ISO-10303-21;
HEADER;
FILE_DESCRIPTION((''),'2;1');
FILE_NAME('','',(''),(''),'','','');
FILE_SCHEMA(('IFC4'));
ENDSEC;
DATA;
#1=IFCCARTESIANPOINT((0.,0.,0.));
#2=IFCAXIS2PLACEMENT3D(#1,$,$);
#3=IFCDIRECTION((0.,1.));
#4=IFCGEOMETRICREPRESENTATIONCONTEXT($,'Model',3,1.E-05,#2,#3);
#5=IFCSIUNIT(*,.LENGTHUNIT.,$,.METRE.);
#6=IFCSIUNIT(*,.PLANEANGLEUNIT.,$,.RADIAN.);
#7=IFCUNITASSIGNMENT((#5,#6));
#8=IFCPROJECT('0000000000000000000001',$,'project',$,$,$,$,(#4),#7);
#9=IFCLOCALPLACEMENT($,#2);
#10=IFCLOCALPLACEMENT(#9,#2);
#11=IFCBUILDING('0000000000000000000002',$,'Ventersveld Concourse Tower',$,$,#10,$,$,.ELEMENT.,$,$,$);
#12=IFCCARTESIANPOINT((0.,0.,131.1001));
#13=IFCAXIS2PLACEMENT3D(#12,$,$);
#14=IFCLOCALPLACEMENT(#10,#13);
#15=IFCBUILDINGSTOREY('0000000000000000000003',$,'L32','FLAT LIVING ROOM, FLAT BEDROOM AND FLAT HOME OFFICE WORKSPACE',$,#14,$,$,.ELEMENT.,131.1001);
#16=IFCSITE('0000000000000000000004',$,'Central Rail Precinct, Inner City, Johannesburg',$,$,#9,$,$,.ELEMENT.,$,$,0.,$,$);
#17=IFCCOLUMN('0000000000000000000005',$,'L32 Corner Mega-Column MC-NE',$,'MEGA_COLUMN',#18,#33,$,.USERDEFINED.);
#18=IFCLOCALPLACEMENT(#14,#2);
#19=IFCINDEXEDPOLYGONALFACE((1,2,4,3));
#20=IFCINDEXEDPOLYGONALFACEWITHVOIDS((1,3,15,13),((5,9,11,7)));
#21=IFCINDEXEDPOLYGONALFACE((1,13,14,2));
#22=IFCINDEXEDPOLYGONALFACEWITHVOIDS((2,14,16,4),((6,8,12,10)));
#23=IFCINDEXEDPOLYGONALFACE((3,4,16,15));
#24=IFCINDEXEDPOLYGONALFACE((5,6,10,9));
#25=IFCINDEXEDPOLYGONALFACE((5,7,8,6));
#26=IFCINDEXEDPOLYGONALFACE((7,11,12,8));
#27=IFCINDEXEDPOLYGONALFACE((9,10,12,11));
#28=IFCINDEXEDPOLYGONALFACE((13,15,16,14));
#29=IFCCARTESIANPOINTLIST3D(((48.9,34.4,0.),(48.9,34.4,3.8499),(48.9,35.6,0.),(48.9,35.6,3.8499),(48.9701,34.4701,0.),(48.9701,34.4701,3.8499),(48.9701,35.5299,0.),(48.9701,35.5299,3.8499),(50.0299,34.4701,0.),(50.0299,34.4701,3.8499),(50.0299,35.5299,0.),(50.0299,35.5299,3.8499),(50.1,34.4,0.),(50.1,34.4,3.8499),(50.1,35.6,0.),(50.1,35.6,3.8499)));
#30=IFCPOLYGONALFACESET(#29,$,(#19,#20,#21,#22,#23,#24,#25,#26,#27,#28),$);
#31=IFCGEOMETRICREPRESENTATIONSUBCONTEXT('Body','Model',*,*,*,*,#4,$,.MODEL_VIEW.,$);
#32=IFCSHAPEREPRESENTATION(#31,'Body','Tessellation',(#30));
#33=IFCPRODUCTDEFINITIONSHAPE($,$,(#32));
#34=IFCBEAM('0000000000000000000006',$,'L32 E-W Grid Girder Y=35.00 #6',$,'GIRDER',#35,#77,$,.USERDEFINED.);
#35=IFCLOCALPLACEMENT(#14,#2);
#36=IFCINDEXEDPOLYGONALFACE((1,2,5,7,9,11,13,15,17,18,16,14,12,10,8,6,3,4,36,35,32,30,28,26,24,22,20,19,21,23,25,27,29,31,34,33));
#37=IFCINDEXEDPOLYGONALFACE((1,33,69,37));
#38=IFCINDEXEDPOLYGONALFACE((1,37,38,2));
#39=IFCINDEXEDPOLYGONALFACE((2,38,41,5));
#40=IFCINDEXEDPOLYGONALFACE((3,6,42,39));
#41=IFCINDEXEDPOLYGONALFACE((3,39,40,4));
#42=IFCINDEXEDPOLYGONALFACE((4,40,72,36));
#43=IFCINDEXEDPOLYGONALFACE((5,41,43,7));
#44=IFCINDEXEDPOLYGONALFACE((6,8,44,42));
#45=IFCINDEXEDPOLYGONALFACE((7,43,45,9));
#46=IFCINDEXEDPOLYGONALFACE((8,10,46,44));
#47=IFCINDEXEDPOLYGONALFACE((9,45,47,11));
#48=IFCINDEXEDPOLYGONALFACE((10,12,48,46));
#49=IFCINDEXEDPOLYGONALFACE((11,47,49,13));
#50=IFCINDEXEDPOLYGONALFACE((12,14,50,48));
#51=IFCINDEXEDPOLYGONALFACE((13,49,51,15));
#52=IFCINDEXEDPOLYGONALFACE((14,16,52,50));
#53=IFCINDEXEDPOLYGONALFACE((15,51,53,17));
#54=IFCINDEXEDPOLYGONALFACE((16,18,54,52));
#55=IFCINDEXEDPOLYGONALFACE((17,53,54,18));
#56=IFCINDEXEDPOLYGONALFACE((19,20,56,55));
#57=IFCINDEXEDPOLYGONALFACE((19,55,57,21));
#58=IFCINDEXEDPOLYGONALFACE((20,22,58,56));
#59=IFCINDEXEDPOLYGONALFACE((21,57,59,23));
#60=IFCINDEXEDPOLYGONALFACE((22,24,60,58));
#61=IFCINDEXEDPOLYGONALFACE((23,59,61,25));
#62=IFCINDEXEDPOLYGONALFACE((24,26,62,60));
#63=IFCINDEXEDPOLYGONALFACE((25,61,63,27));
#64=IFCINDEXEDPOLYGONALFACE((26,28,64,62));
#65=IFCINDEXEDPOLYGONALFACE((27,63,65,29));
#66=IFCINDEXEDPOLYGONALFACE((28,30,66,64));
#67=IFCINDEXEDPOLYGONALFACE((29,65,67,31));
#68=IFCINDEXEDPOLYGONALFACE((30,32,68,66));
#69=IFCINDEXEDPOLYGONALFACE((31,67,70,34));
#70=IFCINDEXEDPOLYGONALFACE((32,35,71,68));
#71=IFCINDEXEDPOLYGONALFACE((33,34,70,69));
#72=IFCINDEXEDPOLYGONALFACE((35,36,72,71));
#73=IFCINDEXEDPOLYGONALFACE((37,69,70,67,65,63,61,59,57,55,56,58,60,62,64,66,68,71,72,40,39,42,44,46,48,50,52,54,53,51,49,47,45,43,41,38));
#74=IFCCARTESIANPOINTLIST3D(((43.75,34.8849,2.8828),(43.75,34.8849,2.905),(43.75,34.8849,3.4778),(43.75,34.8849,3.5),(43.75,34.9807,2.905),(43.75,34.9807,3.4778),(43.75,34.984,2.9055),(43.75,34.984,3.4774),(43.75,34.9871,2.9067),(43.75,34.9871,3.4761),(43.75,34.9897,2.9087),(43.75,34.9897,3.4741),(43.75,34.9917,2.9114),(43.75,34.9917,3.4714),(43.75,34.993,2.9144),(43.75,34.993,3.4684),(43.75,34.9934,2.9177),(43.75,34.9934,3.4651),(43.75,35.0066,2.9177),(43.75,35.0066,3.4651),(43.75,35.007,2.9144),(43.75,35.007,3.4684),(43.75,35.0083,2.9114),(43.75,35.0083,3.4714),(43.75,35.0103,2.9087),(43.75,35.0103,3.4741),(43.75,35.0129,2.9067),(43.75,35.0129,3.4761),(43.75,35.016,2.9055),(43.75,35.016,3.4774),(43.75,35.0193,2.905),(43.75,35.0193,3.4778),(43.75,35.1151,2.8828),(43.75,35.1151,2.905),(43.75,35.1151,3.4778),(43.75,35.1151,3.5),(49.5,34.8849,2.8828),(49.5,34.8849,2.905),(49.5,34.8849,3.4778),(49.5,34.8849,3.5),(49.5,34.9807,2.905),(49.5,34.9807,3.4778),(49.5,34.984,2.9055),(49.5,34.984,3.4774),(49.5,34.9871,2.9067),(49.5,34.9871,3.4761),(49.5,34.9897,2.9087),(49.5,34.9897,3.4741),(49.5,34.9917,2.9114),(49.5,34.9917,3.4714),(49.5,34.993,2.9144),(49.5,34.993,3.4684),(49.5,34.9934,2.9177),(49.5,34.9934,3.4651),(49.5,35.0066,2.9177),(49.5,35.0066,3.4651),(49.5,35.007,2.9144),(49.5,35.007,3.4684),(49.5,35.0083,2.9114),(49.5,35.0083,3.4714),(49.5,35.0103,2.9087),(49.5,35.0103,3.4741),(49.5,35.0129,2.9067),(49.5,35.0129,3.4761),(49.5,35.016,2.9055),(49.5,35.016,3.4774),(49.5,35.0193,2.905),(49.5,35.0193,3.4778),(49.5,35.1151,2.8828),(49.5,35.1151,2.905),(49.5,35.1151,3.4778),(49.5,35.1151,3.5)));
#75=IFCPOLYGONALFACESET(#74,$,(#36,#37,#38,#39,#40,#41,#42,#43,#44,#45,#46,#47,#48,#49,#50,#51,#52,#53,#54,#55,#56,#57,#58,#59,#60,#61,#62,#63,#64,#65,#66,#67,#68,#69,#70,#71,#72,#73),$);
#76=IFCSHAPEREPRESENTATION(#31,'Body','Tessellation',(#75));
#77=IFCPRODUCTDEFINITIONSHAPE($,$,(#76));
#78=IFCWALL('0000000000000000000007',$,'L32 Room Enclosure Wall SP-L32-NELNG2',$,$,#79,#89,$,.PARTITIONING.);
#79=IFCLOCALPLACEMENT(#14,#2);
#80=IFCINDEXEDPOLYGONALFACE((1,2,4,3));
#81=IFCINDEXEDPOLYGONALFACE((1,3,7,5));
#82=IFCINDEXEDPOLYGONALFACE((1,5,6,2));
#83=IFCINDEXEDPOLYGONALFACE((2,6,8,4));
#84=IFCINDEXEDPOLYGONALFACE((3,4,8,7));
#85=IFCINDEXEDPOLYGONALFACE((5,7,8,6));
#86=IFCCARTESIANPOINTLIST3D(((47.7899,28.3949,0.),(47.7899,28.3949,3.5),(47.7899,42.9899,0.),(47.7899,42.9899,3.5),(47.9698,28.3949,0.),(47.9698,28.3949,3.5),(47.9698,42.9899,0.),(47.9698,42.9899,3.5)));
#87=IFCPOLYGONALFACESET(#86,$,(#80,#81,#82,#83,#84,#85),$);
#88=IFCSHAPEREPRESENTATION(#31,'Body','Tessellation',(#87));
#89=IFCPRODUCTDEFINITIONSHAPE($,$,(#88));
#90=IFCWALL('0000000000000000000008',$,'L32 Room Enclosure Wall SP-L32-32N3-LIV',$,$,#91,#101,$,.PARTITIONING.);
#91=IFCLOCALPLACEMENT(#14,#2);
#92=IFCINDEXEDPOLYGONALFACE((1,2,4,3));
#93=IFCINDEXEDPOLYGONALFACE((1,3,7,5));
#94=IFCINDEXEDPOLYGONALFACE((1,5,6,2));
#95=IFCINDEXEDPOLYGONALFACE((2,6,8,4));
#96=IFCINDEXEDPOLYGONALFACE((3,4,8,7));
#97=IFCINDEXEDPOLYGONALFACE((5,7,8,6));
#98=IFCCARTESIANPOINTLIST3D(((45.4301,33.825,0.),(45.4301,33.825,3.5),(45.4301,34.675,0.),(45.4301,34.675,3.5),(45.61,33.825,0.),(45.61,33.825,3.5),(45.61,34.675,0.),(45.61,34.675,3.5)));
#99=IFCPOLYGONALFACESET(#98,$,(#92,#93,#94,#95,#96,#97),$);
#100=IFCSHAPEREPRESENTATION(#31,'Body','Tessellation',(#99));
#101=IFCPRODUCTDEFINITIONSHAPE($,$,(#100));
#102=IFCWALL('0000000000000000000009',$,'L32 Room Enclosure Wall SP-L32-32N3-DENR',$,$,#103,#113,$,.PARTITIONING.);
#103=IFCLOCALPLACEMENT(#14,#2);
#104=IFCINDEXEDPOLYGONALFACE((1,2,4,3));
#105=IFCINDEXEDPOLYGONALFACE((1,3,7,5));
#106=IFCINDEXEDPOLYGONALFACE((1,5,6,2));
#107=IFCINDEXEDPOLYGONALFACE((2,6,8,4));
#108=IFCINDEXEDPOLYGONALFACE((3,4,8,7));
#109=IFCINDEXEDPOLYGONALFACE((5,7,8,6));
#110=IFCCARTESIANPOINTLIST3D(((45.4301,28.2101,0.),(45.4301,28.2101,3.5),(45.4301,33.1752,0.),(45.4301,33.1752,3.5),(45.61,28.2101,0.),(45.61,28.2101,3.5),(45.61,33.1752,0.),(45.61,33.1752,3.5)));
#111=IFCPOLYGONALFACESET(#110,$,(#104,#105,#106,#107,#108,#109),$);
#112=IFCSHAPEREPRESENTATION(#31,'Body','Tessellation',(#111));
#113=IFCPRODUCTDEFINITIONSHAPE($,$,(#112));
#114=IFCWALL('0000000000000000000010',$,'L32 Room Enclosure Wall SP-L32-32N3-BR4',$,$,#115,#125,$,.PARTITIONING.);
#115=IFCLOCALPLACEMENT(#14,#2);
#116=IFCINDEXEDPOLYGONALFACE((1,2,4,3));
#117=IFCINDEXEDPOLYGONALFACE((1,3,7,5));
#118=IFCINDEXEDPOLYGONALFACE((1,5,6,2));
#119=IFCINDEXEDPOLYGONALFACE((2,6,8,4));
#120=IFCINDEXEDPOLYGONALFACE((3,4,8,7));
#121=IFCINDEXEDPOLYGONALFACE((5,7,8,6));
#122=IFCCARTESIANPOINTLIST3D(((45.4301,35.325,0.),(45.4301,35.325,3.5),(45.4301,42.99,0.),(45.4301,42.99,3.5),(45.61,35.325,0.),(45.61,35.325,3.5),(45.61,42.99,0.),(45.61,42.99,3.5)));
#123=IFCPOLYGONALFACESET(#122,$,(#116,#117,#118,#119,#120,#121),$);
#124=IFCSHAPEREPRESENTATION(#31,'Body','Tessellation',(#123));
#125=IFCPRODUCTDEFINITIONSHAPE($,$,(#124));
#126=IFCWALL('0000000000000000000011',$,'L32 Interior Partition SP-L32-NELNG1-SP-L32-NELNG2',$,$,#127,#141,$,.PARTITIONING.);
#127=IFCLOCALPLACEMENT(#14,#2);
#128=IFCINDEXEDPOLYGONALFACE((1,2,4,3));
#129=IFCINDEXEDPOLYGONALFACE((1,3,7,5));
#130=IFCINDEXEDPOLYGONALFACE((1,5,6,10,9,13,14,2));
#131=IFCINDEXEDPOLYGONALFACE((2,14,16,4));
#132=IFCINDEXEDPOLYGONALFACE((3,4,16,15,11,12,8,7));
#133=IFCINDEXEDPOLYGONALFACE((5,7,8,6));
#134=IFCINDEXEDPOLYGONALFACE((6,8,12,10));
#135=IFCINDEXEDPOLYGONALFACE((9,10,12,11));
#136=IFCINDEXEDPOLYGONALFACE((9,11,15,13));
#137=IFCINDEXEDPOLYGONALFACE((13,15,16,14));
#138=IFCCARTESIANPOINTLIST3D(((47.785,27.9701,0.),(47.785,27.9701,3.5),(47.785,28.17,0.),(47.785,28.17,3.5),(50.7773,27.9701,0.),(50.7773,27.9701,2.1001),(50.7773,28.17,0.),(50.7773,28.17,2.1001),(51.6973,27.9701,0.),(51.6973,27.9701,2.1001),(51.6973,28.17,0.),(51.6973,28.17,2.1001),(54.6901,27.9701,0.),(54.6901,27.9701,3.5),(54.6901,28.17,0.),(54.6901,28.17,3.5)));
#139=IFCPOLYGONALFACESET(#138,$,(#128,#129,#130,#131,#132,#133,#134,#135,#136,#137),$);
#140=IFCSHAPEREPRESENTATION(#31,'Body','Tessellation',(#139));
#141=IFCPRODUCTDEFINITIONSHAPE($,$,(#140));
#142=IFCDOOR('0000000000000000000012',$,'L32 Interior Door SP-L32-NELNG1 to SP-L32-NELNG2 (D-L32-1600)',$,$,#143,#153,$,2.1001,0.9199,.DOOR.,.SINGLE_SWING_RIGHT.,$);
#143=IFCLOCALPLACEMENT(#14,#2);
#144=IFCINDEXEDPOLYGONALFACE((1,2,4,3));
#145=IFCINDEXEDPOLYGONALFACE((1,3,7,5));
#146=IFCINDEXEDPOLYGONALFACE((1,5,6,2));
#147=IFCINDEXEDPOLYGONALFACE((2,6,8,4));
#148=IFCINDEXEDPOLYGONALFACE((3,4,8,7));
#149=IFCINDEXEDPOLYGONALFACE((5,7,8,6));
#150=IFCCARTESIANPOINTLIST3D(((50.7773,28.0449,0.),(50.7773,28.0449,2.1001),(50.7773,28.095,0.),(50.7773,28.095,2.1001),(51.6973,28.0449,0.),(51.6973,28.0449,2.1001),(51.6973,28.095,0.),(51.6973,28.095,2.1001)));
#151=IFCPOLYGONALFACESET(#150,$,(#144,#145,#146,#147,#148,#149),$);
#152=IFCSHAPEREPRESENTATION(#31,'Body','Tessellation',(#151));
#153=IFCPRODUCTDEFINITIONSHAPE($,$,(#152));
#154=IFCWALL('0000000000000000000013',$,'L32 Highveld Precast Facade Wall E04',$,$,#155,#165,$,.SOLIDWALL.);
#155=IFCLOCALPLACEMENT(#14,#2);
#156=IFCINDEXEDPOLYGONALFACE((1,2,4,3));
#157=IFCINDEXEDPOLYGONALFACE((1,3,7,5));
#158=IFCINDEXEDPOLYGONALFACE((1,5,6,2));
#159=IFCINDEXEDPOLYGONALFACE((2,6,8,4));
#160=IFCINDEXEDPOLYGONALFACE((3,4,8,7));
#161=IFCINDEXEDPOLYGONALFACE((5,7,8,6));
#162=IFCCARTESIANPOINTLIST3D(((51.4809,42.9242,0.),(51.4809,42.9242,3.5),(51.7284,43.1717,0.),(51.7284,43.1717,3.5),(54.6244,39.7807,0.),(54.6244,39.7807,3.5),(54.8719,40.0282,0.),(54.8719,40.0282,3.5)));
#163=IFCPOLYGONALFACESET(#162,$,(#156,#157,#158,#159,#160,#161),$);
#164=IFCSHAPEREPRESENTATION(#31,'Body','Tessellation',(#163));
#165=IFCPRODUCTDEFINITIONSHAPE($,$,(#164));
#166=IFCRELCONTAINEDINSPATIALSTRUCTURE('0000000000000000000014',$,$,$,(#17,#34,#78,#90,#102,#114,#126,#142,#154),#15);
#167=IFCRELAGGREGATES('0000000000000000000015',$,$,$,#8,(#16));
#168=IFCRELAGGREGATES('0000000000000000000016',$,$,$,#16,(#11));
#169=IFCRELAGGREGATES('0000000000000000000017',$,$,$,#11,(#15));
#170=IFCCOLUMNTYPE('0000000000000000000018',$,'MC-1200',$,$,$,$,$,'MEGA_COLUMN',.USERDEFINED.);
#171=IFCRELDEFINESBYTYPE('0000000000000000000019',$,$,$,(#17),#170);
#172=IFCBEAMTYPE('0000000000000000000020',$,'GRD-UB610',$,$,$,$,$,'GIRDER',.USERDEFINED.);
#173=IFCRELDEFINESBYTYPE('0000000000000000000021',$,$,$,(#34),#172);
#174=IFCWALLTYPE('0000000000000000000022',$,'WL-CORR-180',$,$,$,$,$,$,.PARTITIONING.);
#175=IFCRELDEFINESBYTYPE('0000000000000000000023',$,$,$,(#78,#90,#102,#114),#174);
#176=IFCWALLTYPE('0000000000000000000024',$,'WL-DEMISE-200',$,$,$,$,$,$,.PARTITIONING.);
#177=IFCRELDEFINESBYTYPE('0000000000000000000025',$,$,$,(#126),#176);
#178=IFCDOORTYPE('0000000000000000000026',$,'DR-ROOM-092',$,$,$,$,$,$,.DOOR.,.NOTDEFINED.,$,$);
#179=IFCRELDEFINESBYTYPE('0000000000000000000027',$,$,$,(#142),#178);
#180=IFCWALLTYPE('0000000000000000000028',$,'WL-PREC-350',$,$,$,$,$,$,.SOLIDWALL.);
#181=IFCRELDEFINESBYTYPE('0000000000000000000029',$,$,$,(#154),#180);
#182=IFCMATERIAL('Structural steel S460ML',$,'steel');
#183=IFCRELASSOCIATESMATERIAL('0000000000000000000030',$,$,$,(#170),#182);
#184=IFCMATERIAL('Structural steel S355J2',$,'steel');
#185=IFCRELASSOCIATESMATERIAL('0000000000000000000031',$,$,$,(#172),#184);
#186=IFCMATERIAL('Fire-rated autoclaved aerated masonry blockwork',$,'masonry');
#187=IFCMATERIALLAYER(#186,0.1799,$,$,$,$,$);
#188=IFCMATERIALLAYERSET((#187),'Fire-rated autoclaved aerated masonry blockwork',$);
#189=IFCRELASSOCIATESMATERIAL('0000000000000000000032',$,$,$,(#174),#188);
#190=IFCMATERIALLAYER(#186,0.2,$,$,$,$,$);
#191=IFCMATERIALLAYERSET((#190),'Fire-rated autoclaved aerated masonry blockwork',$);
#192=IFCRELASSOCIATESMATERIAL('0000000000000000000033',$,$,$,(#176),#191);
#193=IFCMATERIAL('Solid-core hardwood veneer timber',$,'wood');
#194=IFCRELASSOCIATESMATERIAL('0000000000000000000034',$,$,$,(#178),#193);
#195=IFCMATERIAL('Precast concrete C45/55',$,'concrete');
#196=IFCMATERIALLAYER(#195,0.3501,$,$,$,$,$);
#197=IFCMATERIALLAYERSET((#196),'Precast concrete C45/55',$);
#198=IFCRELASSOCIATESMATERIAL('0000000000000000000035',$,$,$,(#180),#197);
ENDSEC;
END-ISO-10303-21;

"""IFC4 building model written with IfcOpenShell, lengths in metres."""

from ifc_helpers import new_model, si_unit, direction, frame, frame_2d, origin, origin_2d, place, context, subcontext, project, spatial, rectangle, hollow_rectangle, i_section, extrude, material, layer, layer_set, material_profile, profile_set, type_object, element, fill, save


model = new_model("IFC4")

# Units and contexts
model_context = context("Model", 3, precision=1e-05, world=origin(), true_north=direction((0.0, 1.0)))
body_context = subcontext(model_context, "Body", "Model", "MODEL_VIEW")
ifc_project = project(units=[si_unit("LENGTHUNIT", "METRE"), si_unit("PLANEANGLEUNIT", "RADIAN")], contexts=[model_context])

# Site, building, storey
site_placement = place(None, origin())
site = spatial("IfcSite", under=ifc_project, at=site_placement, Name="Central Rail Precinct, Inner City, Johannesburg", CompositionType="ELEMENT", RefElevation=0.0)
building_placement = place(site_placement, origin())
building = spatial("IfcBuilding", under=site, at=building_placement, Name="Ventersveld Concourse Tower", CompositionType="ELEMENT")
storey_placement = place(building_placement, frame((0.0, 0.0, 131.1001)))
storey = spatial("IfcBuildingStorey", under=building, at=storey_placement, Name="L32", Description="FLAT LIVING ROOM, FLAT BEDROOM AND FLAT HOME OFFICE WORKSPACE", CompositionType="ELEMENT", Elevation=131.1001)

# Column
ifc_material_1 = material(Name="Structural steel S460ML", Category="steel")
ifc_material_profile_1 = material_profile(ifc_material_1, hollow_rectangle(XDim=1.2, YDim=1.2, WallThickness=0.0701, at=origin_2d()), Name="BOX 1200x1200x70")
ifc_profile_set_1 = profile_set([ifc_material_profile_1], Name="Structural steel S460ML")
column_type = type_object("IfcColumnType", Name="MC-1200", ElementType="MEGA_COLUMN", PredefinedType="USERDEFINED", material=ifc_profile_set_1)
column_placement = place(storey_placement, frame((49.5, 35.0, 0.0), z_axis=(0.0, 0.0, 1.0), x_axis=(1.0, 0.0, 0.0)))
element("IfcColumn", 1, at=column_placement, inside=storey, type_object=column_type, Name="L32 Corner Mega-Column MC-NE", ObjectType="MEGA_COLUMN", PredefinedType="USERDEFINED", context=body_context, shape_type="SweptSolid", body=[
    extrude(hollow_rectangle(XDim=1.2, YDim=1.2, WallThickness=0.0701, at=origin_2d()), origin(), (0.0, 0.0, 1.0), 3.8499),
])

# Beam
ifc_material_2 = material(Name="Structural steel S355J2", Category="steel")
ifc_material_profile_2 = material_profile(ifc_material_2, i_section(OverallWidth=0.2302, OverallDepth=0.6172, WebThickness=0.0132, FlangeThickness=0.0222, FilletRadius=0.0127, at=origin_2d()), Name="UB 610x229x140")
ifc_profile_set_2 = profile_set([ifc_material_profile_2], Name="Structural steel S355J2")
beam_type = type_object("IfcBeamType", Name="GRD-UB610", ElementType="GIRDER", PredefinedType="USERDEFINED", material=ifc_profile_set_2)
beam_placement = place(storey_placement, frame((43.75, 35.0, 3.1914), z_axis=(1.0, 0.0, 0.0), x_axis=(0.0, 1.0, 0.0)))
element("IfcBeam", 2, at=beam_placement, inside=storey, type_object=beam_type, Name="L32 E-W Grid Girder Y=35.00 #6", ObjectType="GIRDER", PredefinedType="USERDEFINED", context=body_context, shape_type="SweptSolid", body=[
    extrude(i_section(OverallWidth=0.2302, OverallDepth=0.6172, WebThickness=0.0132, FlangeThickness=0.0222, FilletRadius=0.0127, at=origin_2d()), origin(), (0.0, 0.0, 1.0), 5.75),
])

# Walls
ifc_material_3 = material(Name="Fire-rated autoclaved aerated masonry blockwork", Category="masonry")
ifc_layer_1 = layer(ifc_material_3, 0.1799)
ifc_layer_set_1 = layer_set([ifc_layer_1], Name="Fire-rated autoclaved aerated masonry blockwork")
wall_type_1 = type_object("IfcWallType", Name="WL-CORR-180", PredefinedType="PARTITIONING", material=ifc_layer_set_1)
wall_1_placement = place(storey_placement, frame((47.8799, 28.395, 0.0), z_axis=(0.0, 0.0, 1.0), x_axis=(0.0, 1.0, 0.0)))
element("IfcWall", 3, at=wall_1_placement, inside=storey, type_object=wall_type_1, Name="L32 Room Enclosure Wall SP-L32-NELNG2", PredefinedType="PARTITIONING", context=body_context, shape_type="SweptSolid", body=[
    extrude(rectangle(XDim=14.595, YDim=0.1799, at=frame_2d((7.2974, 0.0))), origin(), (0.0, 0.0, 1.0), 3.5),
])
wall_2_placement = place(storey_placement, frame((45.52, 34.675, 0.0), z_axis=(0.0, 0.0, 1.0), x_axis=(0.0, -1.0, 0.0)))
element("IfcWall", 4, at=wall_2_placement, inside=storey, type_object=wall_type_1, Name="L32 Room Enclosure Wall SP-L32-32N3-LIV", PredefinedType="PARTITIONING", context=body_context, shape_type="SweptSolid", body=[
    extrude(rectangle(XDim=0.8501, YDim=0.1799, at=frame_2d((0.425, 0.0))), origin(), (0.0, 0.0, 1.0), 3.5),
])
wall_3_placement = place(storey_placement, frame((45.52, 33.175, 0.0), z_axis=(0.0, 0.0, 1.0), x_axis=(0.0, -1.0, 0.0)))
element("IfcWall", 5, at=wall_3_placement, inside=storey, type_object=wall_type_1, Name="L32 Room Enclosure Wall SP-L32-32N3-DENR", PredefinedType="PARTITIONING", context=body_context, shape_type="SweptSolid", body=[
    extrude(rectangle(XDim=4.9651, YDim=0.1799, at=frame_2d((2.4824, 0.0))), origin(), (0.0, 0.0, 1.0), 3.5),
])
wall_4_placement = place(storey_placement, frame((45.52, 42.99, 0.0), z_axis=(0.0, 0.0, 1.0), x_axis=(0.0, -1.0, 0.0)))
element("IfcWall", 6, at=wall_4_placement, inside=storey, type_object=wall_type_1, Name="L32 Room Enclosure Wall SP-L32-32N3-BR4", PredefinedType="PARTITIONING", context=body_context, shape_type="SweptSolid", body=[
    extrude(rectangle(XDim=7.665, YDim=0.1799, at=frame_2d((3.8325, 0.0))), origin(), (0.0, 0.0, 1.0), 3.5),
])

# Wall, opening, door
ifc_layer_2 = layer(ifc_material_3, 0.2)
ifc_layer_set_2 = layer_set([ifc_layer_2], Name="Fire-rated autoclaved aerated masonry blockwork")
wall_type_2 = type_object("IfcWallType", Name="WL-DEMISE-200", PredefinedType="PARTITIONING", material=ifc_layer_set_2)
wall_5_placement = place(storey_placement, frame((47.7849, 28.0701, 0.0), z_axis=(0.0, 0.0, 1.0), x_axis=(1.0, 0.0, 0.0)))
wall_5 = element("IfcWall", 7, at=wall_5_placement, inside=storey, type_object=wall_type_2, Name="L32 Interior Partition SP-L32-NELNG1-SP-L32-NELNG2", PredefinedType="PARTITIONING", context=body_context, shape_type="SweptSolid", body=[
    extrude(rectangle(XDim=6.905, YDim=0.2, at=frame_2d((3.4526, 0.0))), origin(), (0.0, 0.0, 1.0), 3.5),
])
opening_1_placement = place(wall_5_placement, frame((2.9924, 0.0, 0.0)))
opening_1 = element("IfcOpeningElement", 8, at=opening_1_placement, cuts=wall_5, PredefinedType="OPENING", context=body_context, shape_type="SweptSolid", body=[
    extrude(rectangle(XDim=0.9199, YDim=2.1001, at=frame_2d((0.46, 1.05))), frame((0.0, 0.1099, 0.0), z_axis=(0.0, -1.0, 0.0), x_axis=(1.0, 0.0, 0.0)), (0.0, 0.0, 1.0), 0.22),
])
ifc_material_4 = material(Name="Solid-core hardwood veneer timber", Category="wood")
door_type = type_object("IfcDoorType", Name="DR-ROOM-092", OperationType="NOTDEFINED", PredefinedType="DOOR", material=ifc_material_4)
door_placement = place(opening_1_placement, origin())
door = element("IfcDoor", 9, at=door_placement, inside=storey, type_object=door_type, Name="L32 Interior Door SP-L32-NELNG1 to SP-L32-NELNG2 (D-L32-1600)", OperationType="SINGLE_SWING_RIGHT", OverallHeight=2.1001, OverallWidth=0.9199, PredefinedType="DOOR", context=body_context, shape_type="SweptSolid", body=[
    extrude(rectangle(XDim=0.9199, YDim=2.1001, at=frame_2d((0.46, 1.05))), frame((0.0, 0.0249, 0.0), z_axis=(0.0, -1.0, 0.0), x_axis=(1.0, 0.0, 0.0)), (0.0, 0.0, 1.0), 0.05),
])
fill(opening_1, door)

# Wall
ifc_material_5 = material(Name="Precast concrete C45/55", Category="concrete")
ifc_layer_3 = layer(ifc_material_5, 0.3501)
ifc_layer_set_3 = layer_set([ifc_layer_3], Name="Precast concrete C45/55")
wall_type_3 = type_object("IfcWallType", Name="WL-PREC-350", PredefinedType="SOLIDWALL", material=ifc_layer_set_3)
wall_6_placement = place(storey_placement, frame((54.748, 39.9045, 0.0), z_axis=(0.0, 0.0, 1.0), x_axis=(-0.707107, 0.707107, 0.0)))
element("IfcWall", 10, at=wall_6_placement, inside=storey, type_object=wall_type_3, Name="L32 Highveld Precast Facade Wall E04", PredefinedType="SOLIDWALL", context=body_context, shape_type="SweptSolid", body=[
    extrude(rectangle(XDim=4.4456, YDim=0.3501, at=frame_2d((2.2227, 0.0))), origin(), (0.0, 0.0, 1.0), 3.5),
])

save(model, "model.ifc")
